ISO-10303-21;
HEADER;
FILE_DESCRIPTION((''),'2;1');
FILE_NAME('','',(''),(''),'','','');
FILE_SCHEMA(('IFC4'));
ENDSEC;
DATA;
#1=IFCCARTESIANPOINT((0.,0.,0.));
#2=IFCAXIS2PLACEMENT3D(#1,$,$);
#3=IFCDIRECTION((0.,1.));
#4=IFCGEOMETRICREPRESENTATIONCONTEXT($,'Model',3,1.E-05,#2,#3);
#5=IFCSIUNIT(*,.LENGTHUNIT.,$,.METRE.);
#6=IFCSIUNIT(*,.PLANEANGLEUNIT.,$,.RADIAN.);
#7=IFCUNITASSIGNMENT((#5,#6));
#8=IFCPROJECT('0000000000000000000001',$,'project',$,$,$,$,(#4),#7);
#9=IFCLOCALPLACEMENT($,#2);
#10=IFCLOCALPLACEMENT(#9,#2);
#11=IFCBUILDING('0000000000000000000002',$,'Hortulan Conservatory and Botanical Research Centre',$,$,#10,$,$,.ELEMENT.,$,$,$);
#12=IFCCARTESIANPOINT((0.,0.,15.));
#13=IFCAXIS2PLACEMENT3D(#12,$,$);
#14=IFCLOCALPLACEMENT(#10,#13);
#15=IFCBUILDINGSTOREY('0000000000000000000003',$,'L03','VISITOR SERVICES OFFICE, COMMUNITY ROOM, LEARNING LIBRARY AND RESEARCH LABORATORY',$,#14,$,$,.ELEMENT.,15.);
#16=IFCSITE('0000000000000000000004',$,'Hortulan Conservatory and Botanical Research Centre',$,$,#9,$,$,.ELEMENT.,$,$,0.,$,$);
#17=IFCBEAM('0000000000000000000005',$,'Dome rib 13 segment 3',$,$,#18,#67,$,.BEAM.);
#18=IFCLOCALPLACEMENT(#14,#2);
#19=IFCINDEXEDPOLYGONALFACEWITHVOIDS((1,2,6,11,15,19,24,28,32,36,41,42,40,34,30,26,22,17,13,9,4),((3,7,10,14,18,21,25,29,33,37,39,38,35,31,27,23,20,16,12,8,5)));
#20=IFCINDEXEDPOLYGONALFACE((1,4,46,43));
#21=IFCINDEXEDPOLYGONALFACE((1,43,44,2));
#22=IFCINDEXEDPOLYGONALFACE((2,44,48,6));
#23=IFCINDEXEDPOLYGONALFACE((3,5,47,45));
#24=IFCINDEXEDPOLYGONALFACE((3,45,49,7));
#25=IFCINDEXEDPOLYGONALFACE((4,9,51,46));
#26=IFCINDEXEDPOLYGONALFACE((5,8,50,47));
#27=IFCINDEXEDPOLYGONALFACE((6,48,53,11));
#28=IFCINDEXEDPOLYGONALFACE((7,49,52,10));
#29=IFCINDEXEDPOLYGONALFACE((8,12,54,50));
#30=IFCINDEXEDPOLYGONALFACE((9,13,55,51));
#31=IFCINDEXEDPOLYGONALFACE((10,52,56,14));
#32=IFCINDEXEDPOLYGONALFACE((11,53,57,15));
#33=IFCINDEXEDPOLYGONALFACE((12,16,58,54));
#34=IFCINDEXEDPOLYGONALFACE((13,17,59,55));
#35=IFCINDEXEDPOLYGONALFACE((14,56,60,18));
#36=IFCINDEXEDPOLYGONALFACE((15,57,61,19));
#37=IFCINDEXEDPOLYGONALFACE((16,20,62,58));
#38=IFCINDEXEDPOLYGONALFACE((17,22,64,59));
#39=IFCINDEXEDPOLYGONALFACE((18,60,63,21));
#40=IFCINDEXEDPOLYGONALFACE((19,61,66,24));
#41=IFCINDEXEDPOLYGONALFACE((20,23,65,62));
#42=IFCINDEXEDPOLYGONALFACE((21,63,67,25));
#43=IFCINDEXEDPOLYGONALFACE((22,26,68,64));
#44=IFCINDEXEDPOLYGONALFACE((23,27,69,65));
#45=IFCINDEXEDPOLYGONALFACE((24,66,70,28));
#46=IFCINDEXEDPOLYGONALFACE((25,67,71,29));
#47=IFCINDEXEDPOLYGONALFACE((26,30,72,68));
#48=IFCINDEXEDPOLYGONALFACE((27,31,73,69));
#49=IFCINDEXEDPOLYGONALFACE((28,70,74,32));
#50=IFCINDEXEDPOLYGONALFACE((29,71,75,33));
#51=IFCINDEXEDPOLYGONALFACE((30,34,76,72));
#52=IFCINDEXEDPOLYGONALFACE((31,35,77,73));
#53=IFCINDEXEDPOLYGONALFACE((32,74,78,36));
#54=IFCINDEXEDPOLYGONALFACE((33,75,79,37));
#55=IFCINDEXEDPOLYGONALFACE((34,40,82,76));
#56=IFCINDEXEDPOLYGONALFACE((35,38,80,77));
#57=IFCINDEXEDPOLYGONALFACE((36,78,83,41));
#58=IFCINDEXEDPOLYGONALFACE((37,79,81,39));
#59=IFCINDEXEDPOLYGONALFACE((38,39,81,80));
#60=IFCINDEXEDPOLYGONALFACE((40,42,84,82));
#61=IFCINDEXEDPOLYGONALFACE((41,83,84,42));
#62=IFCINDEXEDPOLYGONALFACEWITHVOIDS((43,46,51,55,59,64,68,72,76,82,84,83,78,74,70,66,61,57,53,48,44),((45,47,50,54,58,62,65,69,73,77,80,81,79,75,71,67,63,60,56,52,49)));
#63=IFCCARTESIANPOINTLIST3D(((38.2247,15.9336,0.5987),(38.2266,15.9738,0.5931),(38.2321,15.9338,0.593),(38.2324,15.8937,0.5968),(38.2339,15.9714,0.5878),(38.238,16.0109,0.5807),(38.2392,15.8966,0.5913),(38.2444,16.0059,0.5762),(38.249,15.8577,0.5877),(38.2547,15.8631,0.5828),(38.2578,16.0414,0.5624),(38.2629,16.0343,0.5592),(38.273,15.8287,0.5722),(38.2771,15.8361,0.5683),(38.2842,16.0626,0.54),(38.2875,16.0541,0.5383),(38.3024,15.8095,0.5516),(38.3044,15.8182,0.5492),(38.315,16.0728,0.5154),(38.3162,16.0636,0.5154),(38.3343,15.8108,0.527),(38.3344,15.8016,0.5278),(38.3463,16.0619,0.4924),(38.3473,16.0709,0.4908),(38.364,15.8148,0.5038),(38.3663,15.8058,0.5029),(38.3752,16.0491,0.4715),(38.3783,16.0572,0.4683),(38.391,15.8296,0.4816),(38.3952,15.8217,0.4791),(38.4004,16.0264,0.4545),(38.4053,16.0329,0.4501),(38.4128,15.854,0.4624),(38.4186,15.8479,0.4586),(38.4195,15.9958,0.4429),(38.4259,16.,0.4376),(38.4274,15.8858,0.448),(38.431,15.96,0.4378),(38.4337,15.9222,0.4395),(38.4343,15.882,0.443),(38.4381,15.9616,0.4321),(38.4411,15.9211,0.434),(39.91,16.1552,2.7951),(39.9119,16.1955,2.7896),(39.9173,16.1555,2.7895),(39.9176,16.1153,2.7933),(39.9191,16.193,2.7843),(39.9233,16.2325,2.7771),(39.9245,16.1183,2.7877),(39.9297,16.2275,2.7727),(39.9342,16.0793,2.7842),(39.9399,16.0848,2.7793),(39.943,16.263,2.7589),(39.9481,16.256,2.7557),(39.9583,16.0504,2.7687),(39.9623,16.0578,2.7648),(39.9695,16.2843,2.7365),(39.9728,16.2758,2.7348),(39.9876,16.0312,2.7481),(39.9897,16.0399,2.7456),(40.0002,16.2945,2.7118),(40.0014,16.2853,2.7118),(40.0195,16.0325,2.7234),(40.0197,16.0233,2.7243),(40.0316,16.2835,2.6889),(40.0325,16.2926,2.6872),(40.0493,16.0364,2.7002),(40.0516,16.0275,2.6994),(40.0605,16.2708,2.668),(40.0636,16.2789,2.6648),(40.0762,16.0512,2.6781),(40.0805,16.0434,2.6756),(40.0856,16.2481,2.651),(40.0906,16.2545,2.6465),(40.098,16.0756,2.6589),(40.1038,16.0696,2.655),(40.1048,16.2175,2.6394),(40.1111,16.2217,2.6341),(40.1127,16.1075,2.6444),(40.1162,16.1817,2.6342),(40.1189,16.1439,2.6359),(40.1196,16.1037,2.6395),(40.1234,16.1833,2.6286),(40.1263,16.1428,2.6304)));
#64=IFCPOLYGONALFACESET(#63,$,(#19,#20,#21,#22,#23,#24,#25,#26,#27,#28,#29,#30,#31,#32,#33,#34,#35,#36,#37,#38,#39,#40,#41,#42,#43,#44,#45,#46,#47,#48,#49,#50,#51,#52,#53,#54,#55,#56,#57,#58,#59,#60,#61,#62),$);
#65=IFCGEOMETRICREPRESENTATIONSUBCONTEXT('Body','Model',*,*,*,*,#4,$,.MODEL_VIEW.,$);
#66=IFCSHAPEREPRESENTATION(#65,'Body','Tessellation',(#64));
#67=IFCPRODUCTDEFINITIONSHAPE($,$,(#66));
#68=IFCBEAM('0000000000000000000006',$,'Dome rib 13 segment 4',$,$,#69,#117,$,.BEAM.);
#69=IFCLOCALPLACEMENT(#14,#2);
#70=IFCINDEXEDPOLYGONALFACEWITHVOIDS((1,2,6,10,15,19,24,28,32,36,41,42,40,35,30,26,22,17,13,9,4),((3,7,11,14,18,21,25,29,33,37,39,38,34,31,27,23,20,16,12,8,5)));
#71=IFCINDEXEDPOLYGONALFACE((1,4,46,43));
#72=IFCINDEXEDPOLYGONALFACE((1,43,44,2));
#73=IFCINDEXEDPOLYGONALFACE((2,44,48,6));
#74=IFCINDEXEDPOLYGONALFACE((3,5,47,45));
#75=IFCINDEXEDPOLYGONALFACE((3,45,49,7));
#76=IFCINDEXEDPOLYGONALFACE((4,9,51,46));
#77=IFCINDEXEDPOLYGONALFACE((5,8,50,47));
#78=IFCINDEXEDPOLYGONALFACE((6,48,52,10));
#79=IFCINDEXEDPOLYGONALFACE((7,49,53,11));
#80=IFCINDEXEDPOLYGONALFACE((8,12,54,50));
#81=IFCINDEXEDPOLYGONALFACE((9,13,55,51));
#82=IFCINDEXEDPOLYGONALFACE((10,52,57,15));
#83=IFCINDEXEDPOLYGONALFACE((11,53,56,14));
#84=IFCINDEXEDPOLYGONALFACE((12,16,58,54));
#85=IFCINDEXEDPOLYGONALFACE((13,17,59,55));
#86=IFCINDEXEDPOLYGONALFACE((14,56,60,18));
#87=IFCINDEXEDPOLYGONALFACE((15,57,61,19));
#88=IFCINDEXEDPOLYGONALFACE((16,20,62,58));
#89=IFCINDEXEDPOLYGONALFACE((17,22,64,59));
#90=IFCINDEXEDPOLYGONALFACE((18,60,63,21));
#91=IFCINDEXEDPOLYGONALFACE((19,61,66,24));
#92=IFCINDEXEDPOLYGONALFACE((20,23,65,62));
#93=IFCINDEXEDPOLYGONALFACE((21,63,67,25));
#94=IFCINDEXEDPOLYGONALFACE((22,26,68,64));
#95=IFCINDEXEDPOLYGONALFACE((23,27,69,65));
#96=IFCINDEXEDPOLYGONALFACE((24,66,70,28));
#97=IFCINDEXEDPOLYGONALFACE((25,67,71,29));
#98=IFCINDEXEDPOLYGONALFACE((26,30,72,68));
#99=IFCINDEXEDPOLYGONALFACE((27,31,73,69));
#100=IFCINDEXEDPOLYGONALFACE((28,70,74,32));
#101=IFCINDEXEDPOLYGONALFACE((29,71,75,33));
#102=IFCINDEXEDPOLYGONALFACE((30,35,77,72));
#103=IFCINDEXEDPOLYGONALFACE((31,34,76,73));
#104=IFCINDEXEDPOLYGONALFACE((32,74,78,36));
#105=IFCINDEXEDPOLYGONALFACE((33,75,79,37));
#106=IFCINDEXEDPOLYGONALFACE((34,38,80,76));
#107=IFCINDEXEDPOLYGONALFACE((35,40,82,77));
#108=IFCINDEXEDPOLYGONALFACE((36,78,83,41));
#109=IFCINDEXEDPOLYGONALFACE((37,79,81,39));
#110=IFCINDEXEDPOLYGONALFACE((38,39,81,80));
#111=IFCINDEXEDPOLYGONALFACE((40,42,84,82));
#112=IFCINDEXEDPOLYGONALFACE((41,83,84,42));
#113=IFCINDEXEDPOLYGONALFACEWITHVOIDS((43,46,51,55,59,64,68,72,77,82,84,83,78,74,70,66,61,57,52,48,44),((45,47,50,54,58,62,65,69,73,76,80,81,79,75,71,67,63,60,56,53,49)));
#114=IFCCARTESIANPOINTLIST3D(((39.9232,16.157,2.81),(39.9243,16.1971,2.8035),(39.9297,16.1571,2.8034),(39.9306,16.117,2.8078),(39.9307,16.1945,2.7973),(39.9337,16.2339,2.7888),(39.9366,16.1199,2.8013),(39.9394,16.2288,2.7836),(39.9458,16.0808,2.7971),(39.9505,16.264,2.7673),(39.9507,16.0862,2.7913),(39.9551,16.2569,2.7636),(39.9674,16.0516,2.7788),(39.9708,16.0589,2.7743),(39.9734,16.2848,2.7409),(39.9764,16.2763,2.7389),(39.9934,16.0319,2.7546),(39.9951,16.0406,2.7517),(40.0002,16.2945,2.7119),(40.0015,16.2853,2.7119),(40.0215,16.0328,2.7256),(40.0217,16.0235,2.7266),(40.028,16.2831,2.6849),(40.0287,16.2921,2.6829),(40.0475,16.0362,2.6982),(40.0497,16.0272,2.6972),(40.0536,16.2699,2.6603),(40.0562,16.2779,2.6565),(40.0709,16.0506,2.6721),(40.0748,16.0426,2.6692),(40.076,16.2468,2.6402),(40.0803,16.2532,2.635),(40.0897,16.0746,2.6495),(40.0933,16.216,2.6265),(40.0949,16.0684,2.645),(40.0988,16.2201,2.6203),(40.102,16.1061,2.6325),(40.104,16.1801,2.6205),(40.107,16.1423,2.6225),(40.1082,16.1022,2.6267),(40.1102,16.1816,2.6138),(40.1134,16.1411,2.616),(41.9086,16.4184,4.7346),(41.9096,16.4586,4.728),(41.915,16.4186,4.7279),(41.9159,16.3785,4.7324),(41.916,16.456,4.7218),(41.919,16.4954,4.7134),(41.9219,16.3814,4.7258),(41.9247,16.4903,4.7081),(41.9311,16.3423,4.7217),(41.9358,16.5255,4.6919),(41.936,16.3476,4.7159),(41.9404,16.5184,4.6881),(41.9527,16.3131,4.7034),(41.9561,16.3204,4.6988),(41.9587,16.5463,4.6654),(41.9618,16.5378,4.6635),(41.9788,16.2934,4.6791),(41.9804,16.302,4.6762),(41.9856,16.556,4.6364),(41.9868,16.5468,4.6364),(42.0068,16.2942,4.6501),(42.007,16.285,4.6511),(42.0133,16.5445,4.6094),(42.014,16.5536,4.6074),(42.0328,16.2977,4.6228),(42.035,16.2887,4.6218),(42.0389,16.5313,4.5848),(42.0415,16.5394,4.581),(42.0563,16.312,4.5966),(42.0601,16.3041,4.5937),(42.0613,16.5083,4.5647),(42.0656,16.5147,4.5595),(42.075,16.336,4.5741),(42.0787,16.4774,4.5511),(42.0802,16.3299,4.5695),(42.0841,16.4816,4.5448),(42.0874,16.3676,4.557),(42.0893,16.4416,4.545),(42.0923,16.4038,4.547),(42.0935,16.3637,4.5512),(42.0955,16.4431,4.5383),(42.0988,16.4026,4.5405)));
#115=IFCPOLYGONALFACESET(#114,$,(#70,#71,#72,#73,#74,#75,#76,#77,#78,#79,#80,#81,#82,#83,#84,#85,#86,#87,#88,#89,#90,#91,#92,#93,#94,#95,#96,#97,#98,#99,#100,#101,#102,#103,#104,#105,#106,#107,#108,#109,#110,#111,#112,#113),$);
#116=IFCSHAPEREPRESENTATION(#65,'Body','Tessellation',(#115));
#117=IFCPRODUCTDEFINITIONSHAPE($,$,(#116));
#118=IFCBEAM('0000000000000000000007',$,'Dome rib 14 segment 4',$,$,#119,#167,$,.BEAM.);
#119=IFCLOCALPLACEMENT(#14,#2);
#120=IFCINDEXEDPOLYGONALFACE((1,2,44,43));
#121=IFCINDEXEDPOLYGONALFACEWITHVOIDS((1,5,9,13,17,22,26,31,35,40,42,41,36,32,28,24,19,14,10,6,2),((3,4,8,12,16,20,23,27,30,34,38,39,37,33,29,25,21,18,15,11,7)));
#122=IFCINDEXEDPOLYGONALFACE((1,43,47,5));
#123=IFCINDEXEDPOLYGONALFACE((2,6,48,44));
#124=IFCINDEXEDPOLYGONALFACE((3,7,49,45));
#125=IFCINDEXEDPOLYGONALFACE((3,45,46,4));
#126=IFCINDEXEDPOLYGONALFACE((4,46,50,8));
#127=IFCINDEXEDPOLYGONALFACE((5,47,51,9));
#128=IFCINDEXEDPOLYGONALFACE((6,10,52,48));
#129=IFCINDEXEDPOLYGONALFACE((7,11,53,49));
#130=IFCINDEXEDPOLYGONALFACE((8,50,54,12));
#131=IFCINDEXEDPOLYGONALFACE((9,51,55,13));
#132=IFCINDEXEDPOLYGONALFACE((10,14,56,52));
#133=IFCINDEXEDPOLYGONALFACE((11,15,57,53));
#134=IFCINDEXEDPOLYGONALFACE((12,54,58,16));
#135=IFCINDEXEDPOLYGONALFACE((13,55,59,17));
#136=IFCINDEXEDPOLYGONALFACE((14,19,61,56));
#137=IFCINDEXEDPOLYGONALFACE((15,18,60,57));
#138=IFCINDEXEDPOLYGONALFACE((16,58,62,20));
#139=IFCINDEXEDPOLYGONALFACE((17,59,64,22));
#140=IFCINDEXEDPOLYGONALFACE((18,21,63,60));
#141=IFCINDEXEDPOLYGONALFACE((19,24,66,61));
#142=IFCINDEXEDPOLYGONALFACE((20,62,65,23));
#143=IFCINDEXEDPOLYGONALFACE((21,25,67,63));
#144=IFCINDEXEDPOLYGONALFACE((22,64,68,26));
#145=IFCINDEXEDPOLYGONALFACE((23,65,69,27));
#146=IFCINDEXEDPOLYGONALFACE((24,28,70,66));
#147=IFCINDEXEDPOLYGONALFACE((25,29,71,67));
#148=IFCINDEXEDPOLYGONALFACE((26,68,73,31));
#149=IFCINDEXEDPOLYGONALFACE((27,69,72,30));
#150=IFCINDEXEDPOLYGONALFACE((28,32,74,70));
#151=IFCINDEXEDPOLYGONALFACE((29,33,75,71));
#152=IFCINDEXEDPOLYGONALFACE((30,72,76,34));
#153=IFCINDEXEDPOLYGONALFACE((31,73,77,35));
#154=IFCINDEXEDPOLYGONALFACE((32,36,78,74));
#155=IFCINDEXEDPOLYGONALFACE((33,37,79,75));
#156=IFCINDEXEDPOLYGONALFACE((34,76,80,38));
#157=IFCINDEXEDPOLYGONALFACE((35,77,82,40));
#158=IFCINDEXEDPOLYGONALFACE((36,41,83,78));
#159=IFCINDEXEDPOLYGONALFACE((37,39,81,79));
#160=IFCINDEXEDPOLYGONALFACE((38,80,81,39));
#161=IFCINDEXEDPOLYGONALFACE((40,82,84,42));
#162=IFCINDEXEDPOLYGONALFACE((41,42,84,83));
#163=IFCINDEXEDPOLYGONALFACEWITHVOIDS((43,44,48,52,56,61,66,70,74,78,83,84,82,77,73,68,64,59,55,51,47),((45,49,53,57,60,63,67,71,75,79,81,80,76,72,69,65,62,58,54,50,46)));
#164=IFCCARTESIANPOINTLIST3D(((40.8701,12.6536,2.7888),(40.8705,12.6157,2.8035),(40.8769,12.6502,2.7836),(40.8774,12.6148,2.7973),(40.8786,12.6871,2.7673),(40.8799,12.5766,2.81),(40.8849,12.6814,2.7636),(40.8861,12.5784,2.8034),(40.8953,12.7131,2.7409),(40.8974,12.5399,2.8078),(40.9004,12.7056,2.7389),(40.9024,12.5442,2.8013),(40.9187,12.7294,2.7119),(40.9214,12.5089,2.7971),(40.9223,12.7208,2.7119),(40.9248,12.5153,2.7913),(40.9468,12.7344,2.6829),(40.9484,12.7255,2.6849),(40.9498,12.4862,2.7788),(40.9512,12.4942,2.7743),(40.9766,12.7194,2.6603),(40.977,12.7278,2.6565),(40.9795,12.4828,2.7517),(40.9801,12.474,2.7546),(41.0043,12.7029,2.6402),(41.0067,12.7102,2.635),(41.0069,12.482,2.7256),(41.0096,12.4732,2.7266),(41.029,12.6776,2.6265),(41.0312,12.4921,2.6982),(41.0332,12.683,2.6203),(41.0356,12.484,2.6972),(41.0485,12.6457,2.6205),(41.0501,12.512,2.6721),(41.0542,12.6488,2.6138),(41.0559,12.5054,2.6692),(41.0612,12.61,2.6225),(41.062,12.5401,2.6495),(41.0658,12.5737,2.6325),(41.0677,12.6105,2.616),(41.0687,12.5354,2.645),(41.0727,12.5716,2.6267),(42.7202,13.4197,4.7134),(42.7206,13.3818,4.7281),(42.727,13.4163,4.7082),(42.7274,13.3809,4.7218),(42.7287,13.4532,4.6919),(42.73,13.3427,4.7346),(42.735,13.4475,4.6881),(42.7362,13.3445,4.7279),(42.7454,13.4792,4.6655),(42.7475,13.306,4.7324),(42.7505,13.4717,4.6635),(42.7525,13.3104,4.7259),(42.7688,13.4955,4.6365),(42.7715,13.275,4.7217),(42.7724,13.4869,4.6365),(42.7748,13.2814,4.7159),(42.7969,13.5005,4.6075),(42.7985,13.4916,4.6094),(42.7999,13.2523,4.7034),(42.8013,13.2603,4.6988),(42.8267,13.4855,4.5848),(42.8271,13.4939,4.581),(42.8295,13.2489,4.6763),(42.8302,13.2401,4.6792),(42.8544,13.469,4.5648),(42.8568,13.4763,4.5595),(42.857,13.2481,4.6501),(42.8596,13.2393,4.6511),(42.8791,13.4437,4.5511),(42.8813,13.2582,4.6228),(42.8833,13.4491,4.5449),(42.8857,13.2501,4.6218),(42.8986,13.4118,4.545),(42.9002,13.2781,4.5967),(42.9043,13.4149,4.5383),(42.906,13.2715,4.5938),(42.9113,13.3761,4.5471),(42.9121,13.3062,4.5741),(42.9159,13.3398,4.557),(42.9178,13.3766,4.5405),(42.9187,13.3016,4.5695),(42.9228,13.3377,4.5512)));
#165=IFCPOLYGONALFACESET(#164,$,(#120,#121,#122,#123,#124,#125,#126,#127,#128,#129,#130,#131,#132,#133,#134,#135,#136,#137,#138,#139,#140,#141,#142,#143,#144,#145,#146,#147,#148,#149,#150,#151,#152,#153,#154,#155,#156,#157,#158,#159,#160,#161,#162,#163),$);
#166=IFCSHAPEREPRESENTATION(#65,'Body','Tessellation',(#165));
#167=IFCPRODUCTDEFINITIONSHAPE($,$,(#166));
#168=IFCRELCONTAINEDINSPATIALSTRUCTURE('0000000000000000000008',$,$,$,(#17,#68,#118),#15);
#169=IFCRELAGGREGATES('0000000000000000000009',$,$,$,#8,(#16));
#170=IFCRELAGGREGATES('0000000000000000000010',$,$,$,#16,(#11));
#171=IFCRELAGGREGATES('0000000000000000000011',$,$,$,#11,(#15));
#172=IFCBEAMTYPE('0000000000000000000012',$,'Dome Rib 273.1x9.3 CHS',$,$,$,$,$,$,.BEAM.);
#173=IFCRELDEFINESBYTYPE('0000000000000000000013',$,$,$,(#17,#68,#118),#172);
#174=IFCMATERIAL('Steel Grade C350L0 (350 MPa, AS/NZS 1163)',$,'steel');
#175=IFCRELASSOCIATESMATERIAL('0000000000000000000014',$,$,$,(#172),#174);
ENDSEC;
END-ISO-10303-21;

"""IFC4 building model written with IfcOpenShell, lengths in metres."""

from ifc_helpers import new_model, si_unit, direction, frame, origin, origin_2d, place, context, subcontext, project, spatial, hollow_circle, extrude, material, material_profile, profile_set, type_object, element, save


model = new_model("IFC4")

# Units and contexts
model_context = context("Model", 3, precision=1e-05, world=origin(), true_north=direction((0.0, 1.0)))
body_context = subcontext(model_context, "Body", "Model", "MODEL_VIEW")
ifc_project = project(units=[si_unit("LENGTHUNIT", "METRE"), si_unit("PLANEANGLEUNIT", "RADIAN")], contexts=[model_context])

# Site, building, storey
site_placement = place(None, origin())
site = spatial("IfcSite", under=ifc_project, at=site_placement, Name="Hortulan Conservatory and Botanical Research Centre", CompositionType="ELEMENT", RefElevation=0.0)
building_placement = place(site_placement, origin())
building = spatial("IfcBuilding", under=site, at=building_placement, Name="Hortulan Conservatory and Botanical Research Centre", CompositionType="ELEMENT")
storey_placement = place(building_placement, frame((0.0, 0.0, 15.0)))
storey = spatial("IfcBuildingStorey", under=building, at=storey_placement, Name="L03", Description="VISITOR SERVICES OFFICE, COMMUNITY ROOM, LEARNING LIBRARY AND RESEARCH LABORATORY", CompositionType="ELEMENT", Elevation=15.0)

# Shared definitions
ifc_material_1 = material(Name="Steel Grade C350L0 (350 MPa, AS/NZS 1163)", Category="steel")

# Beams
ifc_material_profile_1 = material_profile(ifc_material_1, hollow_circle(Radius=0.1365, WallThickness=0.0093, at=origin_2d()), Name="273.1x9.3CHS")
ifc_profile_set_1 = profile_set([ifc_material_profile_1], Name="Steel Grade C350L0 (350 MPa, AS/NZS 1163)")
beam_type = type_object("IfcBeamType", Name="Dome Rib 273.1x9.3 CHS", PredefinedType="BEAM", material=ifc_profile_set_1)
for number, where, z_axis, x_axis, name in (
    (1, (38.3328, 15.9375, 0.5154), (0.606784, 0.079815, 0.79085), (-0.130414, 0.99146, 0.0), "Dome rib 13 segment 3"),
    (2, (40.0181, 16.1592, 2.7119), (0.714825, 0.094144, 0.692937), (-0.130574, 0.991439, 0.0), "Dome rib 13 segment 4"),
    (3, (40.9709, 12.6033, 2.7119), (0.666136, 0.275842, 0.692946), (-0.382589, 0.923919, 0.0), "Dome rib 14 segment 4"),
):
    element("IfcBeam", number, at=place(storey_placement, frame(where, z_axis=z_axis, x_axis=x_axis)), inside=storey, type_object=beam_type, Name=name, PredefinedType="BEAM", context=body_context, shape_type="SweptSolid", body=[
        extrude(hollow_circle(Radius=0.1365, WallThickness=0.0093, at=origin_2d()), origin(), (0.0, 0.0, 1.0), 2.7773),
    ])

save(model, "model.ifc")
